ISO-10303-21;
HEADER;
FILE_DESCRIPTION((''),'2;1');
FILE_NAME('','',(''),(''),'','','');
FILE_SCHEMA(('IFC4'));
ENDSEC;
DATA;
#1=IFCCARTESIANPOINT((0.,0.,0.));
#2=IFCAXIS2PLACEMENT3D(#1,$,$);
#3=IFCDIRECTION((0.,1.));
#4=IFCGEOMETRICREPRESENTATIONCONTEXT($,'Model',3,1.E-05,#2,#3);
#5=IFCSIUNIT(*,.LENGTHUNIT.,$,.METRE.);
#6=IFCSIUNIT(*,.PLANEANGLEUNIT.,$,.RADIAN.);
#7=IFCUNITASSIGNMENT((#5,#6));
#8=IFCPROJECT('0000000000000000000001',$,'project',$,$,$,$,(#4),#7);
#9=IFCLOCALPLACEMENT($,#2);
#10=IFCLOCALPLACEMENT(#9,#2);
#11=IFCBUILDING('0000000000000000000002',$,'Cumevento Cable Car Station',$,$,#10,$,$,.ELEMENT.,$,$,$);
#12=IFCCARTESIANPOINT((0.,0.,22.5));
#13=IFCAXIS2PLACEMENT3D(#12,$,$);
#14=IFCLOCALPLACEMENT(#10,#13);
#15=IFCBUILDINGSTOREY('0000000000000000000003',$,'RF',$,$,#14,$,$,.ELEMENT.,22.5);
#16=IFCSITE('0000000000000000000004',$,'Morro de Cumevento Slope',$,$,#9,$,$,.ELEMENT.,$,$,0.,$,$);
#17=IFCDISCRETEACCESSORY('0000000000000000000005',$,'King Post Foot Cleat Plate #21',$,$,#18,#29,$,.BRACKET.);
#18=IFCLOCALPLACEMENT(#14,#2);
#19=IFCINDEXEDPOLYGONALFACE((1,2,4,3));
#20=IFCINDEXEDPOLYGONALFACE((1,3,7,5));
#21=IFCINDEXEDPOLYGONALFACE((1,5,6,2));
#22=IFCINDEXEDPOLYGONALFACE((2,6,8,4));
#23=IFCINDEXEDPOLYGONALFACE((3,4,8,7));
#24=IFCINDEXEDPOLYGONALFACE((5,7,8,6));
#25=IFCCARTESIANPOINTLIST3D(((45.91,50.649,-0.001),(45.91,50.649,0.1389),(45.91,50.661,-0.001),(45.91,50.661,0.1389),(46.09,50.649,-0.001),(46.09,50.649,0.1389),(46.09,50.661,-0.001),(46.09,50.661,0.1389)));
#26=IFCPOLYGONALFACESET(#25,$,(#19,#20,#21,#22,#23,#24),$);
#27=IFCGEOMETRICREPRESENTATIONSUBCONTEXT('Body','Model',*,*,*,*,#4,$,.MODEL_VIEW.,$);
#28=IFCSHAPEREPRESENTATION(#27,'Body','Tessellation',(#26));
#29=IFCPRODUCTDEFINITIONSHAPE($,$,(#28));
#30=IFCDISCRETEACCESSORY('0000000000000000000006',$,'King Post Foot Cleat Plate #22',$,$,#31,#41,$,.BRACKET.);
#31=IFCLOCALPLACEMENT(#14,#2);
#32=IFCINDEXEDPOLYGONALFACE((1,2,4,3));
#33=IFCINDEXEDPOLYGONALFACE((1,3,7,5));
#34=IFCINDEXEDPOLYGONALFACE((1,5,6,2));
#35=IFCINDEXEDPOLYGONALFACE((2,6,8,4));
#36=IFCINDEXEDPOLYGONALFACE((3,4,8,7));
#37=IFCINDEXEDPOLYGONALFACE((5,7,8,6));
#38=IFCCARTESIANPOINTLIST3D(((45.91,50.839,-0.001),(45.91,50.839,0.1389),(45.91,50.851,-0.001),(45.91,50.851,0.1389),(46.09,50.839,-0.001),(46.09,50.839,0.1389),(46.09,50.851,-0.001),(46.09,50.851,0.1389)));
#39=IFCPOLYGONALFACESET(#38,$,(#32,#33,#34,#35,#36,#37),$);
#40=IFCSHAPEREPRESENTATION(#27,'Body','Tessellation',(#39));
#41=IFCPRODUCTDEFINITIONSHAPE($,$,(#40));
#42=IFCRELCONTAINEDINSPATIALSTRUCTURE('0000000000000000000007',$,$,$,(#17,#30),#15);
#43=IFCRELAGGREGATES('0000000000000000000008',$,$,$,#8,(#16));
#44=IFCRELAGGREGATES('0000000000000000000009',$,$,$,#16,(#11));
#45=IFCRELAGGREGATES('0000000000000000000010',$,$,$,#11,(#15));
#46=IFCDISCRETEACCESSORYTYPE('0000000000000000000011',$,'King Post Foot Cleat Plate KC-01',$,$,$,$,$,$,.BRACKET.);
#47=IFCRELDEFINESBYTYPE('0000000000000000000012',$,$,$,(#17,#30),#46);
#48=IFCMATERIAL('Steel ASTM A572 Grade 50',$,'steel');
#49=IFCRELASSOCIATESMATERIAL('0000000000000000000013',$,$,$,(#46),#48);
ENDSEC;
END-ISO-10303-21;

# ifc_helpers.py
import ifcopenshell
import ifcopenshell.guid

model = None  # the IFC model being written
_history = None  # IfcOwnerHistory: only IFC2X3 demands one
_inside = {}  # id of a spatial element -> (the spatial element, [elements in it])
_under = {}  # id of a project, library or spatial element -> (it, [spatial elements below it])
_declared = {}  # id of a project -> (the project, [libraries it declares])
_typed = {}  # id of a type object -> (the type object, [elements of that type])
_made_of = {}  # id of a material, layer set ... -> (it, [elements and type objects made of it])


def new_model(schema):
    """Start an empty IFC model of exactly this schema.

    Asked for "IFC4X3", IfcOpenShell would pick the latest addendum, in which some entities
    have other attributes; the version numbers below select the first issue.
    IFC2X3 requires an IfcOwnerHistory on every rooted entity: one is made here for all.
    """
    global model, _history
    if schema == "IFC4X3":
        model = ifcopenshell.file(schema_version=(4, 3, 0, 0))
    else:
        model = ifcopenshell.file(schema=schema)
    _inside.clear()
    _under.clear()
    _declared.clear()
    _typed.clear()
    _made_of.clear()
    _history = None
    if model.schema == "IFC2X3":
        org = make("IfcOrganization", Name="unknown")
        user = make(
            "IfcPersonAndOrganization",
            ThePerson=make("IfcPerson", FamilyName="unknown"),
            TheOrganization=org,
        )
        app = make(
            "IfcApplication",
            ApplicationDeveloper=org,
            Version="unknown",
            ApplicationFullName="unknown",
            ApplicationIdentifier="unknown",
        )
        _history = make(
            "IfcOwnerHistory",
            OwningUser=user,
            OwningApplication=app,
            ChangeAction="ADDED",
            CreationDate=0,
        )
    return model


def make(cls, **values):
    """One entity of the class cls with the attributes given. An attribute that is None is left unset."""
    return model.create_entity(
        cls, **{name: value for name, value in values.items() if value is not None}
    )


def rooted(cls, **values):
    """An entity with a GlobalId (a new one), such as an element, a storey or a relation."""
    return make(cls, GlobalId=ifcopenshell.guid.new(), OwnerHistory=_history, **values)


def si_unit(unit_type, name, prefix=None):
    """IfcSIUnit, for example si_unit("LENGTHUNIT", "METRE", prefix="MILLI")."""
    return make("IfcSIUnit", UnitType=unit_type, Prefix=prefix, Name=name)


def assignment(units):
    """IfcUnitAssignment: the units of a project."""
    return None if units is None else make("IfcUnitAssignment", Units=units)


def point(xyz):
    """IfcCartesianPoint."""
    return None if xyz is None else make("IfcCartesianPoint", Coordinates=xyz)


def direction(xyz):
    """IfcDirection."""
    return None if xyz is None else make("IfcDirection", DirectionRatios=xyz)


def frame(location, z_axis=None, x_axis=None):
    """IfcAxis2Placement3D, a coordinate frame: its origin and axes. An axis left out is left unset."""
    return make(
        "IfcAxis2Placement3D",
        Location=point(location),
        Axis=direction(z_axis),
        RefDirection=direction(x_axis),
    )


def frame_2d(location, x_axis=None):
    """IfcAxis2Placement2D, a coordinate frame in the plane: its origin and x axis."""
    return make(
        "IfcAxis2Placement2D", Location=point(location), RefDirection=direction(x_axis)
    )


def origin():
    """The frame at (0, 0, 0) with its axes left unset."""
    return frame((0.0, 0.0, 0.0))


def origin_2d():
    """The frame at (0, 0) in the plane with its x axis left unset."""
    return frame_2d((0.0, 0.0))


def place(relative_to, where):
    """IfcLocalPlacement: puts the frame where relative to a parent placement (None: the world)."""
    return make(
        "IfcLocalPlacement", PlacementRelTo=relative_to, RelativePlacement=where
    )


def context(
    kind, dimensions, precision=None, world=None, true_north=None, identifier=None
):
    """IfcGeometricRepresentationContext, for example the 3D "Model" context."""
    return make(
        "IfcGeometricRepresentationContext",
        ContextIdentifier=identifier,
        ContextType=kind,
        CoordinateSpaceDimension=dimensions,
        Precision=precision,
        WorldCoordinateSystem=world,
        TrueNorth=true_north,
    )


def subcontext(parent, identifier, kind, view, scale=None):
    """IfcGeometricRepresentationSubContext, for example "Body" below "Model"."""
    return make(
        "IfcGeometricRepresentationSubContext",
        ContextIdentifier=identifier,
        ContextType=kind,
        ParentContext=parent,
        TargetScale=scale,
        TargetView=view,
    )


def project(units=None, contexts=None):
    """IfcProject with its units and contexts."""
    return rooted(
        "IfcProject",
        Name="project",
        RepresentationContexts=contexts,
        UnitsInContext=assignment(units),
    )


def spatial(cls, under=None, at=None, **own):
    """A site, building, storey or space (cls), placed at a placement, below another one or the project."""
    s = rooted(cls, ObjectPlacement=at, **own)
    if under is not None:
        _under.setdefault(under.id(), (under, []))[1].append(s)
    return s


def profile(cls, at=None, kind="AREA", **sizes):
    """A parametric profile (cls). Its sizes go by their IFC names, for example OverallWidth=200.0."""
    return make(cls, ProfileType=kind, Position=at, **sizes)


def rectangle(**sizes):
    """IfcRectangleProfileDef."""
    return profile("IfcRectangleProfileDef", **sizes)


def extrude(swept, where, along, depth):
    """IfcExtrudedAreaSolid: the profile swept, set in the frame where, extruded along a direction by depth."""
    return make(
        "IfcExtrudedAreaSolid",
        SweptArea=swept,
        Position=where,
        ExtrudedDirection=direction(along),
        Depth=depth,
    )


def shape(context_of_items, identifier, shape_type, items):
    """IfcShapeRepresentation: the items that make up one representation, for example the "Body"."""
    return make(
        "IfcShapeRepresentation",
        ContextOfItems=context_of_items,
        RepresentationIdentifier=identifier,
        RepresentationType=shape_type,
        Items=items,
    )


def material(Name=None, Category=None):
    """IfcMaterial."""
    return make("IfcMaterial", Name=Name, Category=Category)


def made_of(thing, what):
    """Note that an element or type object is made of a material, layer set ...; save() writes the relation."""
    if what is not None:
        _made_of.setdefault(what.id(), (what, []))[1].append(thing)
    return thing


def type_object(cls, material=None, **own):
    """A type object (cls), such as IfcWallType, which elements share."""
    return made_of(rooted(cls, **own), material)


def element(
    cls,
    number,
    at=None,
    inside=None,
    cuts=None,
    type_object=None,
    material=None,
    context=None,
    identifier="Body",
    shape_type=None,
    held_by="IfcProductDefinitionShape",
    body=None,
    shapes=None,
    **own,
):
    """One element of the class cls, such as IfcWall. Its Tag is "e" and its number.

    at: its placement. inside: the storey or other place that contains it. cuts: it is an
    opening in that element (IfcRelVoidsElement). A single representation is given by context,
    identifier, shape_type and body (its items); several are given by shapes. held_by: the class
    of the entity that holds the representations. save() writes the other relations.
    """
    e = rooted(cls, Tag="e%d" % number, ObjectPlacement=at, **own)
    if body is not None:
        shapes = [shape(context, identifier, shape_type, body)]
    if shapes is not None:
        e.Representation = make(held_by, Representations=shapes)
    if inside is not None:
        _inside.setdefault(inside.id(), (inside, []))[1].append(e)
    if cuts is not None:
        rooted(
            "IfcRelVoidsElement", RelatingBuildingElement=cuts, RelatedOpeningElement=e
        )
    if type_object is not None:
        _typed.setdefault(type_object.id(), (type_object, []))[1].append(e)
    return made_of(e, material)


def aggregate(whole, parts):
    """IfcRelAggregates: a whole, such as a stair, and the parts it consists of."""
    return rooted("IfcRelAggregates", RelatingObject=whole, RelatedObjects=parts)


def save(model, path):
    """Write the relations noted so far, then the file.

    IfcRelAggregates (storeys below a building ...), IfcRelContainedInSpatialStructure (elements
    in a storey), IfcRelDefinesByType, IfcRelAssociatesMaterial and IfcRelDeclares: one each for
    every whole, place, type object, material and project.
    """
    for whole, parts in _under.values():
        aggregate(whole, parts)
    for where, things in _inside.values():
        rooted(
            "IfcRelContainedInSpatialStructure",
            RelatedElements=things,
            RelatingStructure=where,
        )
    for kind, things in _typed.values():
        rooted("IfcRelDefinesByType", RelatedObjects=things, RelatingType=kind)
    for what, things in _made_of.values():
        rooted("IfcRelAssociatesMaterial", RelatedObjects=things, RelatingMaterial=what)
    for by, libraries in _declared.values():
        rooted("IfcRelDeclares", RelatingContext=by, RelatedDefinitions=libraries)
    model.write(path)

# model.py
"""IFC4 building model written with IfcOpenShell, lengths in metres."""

from ifc_helpers import new_model, si_unit, direction, frame, origin, origin_2d, place, context, subcontext, project, spatial, rectangle, extrude, material, type_object, element, save


model = new_model("IFC4")

# Units and contexts
model_context = context("Model", 3, precision=1e-05, world=origin(), true_north=direction((0.0, 1.0)))
body_context = subcontext(model_context, "Body", "Model", "MODEL_VIEW")
ifc_project = project(units=[si_unit("LENGTHUNIT", "METRE"), si_unit("PLANEANGLEUNIT", "RADIAN")], contexts=[model_context])

# Site, building, storey
site_placement = place(None, origin())
site = spatial("IfcSite", under=ifc_project, at=site_placement, Name="Morro de Cumevento Slope", CompositionType="ELEMENT", RefElevation=0.0)
building_placement = place(site_placement, origin())
building = spatial("IfcBuilding", under=site, at=building_placement, Name="Cumevento Cable Car Station", CompositionType="ELEMENT")
storey_placement = place(building_placement, frame((0.0, 0.0, 22.5)))
storey = spatial("IfcBuildingStorey", under=building, at=storey_placement, Name="RF", CompositionType="ELEMENT", Elevation=22.5)

# Discrete accessories
ifc_material_1 = material(Name="Steel ASTM A572 Grade 50", Category="steel")
discrete_accessory_type = type_object("IfcDiscreteAccessoryType", Name="King Post Foot Cleat Plate KC-01", PredefinedType="BRACKET", material=ifc_material_1)
for number, where, z_axis, x_axis, name in (
    (1, (46.0, 50.655, -0.001), (0.0, 0.0, 1.0), (0.0, 1.0, 0.0), "King Post Foot Cleat Plate #21"),
    (2, (46.0, 50.845, -0.001), (0.0, 0.0, 1.0), (0.0, 1.0, 0.0), "King Post Foot Cleat Plate #22"),
):
    element("IfcDiscreteAccessory", number, at=place(storey_placement, frame(where, z_axis=z_axis, x_axis=x_axis)), inside=storey, type_object=discrete_accessory_type, Name=name, PredefinedType="BRACKET", context=body_context, shape_type="SweptSolid", body=[
        extrude(rectangle(XDim=0.012, YDim=0.1799, at=origin_2d()), origin(), (0.0, 0.0, 1.0), 0.1399),
    ])

save(model, "model.ifc")
